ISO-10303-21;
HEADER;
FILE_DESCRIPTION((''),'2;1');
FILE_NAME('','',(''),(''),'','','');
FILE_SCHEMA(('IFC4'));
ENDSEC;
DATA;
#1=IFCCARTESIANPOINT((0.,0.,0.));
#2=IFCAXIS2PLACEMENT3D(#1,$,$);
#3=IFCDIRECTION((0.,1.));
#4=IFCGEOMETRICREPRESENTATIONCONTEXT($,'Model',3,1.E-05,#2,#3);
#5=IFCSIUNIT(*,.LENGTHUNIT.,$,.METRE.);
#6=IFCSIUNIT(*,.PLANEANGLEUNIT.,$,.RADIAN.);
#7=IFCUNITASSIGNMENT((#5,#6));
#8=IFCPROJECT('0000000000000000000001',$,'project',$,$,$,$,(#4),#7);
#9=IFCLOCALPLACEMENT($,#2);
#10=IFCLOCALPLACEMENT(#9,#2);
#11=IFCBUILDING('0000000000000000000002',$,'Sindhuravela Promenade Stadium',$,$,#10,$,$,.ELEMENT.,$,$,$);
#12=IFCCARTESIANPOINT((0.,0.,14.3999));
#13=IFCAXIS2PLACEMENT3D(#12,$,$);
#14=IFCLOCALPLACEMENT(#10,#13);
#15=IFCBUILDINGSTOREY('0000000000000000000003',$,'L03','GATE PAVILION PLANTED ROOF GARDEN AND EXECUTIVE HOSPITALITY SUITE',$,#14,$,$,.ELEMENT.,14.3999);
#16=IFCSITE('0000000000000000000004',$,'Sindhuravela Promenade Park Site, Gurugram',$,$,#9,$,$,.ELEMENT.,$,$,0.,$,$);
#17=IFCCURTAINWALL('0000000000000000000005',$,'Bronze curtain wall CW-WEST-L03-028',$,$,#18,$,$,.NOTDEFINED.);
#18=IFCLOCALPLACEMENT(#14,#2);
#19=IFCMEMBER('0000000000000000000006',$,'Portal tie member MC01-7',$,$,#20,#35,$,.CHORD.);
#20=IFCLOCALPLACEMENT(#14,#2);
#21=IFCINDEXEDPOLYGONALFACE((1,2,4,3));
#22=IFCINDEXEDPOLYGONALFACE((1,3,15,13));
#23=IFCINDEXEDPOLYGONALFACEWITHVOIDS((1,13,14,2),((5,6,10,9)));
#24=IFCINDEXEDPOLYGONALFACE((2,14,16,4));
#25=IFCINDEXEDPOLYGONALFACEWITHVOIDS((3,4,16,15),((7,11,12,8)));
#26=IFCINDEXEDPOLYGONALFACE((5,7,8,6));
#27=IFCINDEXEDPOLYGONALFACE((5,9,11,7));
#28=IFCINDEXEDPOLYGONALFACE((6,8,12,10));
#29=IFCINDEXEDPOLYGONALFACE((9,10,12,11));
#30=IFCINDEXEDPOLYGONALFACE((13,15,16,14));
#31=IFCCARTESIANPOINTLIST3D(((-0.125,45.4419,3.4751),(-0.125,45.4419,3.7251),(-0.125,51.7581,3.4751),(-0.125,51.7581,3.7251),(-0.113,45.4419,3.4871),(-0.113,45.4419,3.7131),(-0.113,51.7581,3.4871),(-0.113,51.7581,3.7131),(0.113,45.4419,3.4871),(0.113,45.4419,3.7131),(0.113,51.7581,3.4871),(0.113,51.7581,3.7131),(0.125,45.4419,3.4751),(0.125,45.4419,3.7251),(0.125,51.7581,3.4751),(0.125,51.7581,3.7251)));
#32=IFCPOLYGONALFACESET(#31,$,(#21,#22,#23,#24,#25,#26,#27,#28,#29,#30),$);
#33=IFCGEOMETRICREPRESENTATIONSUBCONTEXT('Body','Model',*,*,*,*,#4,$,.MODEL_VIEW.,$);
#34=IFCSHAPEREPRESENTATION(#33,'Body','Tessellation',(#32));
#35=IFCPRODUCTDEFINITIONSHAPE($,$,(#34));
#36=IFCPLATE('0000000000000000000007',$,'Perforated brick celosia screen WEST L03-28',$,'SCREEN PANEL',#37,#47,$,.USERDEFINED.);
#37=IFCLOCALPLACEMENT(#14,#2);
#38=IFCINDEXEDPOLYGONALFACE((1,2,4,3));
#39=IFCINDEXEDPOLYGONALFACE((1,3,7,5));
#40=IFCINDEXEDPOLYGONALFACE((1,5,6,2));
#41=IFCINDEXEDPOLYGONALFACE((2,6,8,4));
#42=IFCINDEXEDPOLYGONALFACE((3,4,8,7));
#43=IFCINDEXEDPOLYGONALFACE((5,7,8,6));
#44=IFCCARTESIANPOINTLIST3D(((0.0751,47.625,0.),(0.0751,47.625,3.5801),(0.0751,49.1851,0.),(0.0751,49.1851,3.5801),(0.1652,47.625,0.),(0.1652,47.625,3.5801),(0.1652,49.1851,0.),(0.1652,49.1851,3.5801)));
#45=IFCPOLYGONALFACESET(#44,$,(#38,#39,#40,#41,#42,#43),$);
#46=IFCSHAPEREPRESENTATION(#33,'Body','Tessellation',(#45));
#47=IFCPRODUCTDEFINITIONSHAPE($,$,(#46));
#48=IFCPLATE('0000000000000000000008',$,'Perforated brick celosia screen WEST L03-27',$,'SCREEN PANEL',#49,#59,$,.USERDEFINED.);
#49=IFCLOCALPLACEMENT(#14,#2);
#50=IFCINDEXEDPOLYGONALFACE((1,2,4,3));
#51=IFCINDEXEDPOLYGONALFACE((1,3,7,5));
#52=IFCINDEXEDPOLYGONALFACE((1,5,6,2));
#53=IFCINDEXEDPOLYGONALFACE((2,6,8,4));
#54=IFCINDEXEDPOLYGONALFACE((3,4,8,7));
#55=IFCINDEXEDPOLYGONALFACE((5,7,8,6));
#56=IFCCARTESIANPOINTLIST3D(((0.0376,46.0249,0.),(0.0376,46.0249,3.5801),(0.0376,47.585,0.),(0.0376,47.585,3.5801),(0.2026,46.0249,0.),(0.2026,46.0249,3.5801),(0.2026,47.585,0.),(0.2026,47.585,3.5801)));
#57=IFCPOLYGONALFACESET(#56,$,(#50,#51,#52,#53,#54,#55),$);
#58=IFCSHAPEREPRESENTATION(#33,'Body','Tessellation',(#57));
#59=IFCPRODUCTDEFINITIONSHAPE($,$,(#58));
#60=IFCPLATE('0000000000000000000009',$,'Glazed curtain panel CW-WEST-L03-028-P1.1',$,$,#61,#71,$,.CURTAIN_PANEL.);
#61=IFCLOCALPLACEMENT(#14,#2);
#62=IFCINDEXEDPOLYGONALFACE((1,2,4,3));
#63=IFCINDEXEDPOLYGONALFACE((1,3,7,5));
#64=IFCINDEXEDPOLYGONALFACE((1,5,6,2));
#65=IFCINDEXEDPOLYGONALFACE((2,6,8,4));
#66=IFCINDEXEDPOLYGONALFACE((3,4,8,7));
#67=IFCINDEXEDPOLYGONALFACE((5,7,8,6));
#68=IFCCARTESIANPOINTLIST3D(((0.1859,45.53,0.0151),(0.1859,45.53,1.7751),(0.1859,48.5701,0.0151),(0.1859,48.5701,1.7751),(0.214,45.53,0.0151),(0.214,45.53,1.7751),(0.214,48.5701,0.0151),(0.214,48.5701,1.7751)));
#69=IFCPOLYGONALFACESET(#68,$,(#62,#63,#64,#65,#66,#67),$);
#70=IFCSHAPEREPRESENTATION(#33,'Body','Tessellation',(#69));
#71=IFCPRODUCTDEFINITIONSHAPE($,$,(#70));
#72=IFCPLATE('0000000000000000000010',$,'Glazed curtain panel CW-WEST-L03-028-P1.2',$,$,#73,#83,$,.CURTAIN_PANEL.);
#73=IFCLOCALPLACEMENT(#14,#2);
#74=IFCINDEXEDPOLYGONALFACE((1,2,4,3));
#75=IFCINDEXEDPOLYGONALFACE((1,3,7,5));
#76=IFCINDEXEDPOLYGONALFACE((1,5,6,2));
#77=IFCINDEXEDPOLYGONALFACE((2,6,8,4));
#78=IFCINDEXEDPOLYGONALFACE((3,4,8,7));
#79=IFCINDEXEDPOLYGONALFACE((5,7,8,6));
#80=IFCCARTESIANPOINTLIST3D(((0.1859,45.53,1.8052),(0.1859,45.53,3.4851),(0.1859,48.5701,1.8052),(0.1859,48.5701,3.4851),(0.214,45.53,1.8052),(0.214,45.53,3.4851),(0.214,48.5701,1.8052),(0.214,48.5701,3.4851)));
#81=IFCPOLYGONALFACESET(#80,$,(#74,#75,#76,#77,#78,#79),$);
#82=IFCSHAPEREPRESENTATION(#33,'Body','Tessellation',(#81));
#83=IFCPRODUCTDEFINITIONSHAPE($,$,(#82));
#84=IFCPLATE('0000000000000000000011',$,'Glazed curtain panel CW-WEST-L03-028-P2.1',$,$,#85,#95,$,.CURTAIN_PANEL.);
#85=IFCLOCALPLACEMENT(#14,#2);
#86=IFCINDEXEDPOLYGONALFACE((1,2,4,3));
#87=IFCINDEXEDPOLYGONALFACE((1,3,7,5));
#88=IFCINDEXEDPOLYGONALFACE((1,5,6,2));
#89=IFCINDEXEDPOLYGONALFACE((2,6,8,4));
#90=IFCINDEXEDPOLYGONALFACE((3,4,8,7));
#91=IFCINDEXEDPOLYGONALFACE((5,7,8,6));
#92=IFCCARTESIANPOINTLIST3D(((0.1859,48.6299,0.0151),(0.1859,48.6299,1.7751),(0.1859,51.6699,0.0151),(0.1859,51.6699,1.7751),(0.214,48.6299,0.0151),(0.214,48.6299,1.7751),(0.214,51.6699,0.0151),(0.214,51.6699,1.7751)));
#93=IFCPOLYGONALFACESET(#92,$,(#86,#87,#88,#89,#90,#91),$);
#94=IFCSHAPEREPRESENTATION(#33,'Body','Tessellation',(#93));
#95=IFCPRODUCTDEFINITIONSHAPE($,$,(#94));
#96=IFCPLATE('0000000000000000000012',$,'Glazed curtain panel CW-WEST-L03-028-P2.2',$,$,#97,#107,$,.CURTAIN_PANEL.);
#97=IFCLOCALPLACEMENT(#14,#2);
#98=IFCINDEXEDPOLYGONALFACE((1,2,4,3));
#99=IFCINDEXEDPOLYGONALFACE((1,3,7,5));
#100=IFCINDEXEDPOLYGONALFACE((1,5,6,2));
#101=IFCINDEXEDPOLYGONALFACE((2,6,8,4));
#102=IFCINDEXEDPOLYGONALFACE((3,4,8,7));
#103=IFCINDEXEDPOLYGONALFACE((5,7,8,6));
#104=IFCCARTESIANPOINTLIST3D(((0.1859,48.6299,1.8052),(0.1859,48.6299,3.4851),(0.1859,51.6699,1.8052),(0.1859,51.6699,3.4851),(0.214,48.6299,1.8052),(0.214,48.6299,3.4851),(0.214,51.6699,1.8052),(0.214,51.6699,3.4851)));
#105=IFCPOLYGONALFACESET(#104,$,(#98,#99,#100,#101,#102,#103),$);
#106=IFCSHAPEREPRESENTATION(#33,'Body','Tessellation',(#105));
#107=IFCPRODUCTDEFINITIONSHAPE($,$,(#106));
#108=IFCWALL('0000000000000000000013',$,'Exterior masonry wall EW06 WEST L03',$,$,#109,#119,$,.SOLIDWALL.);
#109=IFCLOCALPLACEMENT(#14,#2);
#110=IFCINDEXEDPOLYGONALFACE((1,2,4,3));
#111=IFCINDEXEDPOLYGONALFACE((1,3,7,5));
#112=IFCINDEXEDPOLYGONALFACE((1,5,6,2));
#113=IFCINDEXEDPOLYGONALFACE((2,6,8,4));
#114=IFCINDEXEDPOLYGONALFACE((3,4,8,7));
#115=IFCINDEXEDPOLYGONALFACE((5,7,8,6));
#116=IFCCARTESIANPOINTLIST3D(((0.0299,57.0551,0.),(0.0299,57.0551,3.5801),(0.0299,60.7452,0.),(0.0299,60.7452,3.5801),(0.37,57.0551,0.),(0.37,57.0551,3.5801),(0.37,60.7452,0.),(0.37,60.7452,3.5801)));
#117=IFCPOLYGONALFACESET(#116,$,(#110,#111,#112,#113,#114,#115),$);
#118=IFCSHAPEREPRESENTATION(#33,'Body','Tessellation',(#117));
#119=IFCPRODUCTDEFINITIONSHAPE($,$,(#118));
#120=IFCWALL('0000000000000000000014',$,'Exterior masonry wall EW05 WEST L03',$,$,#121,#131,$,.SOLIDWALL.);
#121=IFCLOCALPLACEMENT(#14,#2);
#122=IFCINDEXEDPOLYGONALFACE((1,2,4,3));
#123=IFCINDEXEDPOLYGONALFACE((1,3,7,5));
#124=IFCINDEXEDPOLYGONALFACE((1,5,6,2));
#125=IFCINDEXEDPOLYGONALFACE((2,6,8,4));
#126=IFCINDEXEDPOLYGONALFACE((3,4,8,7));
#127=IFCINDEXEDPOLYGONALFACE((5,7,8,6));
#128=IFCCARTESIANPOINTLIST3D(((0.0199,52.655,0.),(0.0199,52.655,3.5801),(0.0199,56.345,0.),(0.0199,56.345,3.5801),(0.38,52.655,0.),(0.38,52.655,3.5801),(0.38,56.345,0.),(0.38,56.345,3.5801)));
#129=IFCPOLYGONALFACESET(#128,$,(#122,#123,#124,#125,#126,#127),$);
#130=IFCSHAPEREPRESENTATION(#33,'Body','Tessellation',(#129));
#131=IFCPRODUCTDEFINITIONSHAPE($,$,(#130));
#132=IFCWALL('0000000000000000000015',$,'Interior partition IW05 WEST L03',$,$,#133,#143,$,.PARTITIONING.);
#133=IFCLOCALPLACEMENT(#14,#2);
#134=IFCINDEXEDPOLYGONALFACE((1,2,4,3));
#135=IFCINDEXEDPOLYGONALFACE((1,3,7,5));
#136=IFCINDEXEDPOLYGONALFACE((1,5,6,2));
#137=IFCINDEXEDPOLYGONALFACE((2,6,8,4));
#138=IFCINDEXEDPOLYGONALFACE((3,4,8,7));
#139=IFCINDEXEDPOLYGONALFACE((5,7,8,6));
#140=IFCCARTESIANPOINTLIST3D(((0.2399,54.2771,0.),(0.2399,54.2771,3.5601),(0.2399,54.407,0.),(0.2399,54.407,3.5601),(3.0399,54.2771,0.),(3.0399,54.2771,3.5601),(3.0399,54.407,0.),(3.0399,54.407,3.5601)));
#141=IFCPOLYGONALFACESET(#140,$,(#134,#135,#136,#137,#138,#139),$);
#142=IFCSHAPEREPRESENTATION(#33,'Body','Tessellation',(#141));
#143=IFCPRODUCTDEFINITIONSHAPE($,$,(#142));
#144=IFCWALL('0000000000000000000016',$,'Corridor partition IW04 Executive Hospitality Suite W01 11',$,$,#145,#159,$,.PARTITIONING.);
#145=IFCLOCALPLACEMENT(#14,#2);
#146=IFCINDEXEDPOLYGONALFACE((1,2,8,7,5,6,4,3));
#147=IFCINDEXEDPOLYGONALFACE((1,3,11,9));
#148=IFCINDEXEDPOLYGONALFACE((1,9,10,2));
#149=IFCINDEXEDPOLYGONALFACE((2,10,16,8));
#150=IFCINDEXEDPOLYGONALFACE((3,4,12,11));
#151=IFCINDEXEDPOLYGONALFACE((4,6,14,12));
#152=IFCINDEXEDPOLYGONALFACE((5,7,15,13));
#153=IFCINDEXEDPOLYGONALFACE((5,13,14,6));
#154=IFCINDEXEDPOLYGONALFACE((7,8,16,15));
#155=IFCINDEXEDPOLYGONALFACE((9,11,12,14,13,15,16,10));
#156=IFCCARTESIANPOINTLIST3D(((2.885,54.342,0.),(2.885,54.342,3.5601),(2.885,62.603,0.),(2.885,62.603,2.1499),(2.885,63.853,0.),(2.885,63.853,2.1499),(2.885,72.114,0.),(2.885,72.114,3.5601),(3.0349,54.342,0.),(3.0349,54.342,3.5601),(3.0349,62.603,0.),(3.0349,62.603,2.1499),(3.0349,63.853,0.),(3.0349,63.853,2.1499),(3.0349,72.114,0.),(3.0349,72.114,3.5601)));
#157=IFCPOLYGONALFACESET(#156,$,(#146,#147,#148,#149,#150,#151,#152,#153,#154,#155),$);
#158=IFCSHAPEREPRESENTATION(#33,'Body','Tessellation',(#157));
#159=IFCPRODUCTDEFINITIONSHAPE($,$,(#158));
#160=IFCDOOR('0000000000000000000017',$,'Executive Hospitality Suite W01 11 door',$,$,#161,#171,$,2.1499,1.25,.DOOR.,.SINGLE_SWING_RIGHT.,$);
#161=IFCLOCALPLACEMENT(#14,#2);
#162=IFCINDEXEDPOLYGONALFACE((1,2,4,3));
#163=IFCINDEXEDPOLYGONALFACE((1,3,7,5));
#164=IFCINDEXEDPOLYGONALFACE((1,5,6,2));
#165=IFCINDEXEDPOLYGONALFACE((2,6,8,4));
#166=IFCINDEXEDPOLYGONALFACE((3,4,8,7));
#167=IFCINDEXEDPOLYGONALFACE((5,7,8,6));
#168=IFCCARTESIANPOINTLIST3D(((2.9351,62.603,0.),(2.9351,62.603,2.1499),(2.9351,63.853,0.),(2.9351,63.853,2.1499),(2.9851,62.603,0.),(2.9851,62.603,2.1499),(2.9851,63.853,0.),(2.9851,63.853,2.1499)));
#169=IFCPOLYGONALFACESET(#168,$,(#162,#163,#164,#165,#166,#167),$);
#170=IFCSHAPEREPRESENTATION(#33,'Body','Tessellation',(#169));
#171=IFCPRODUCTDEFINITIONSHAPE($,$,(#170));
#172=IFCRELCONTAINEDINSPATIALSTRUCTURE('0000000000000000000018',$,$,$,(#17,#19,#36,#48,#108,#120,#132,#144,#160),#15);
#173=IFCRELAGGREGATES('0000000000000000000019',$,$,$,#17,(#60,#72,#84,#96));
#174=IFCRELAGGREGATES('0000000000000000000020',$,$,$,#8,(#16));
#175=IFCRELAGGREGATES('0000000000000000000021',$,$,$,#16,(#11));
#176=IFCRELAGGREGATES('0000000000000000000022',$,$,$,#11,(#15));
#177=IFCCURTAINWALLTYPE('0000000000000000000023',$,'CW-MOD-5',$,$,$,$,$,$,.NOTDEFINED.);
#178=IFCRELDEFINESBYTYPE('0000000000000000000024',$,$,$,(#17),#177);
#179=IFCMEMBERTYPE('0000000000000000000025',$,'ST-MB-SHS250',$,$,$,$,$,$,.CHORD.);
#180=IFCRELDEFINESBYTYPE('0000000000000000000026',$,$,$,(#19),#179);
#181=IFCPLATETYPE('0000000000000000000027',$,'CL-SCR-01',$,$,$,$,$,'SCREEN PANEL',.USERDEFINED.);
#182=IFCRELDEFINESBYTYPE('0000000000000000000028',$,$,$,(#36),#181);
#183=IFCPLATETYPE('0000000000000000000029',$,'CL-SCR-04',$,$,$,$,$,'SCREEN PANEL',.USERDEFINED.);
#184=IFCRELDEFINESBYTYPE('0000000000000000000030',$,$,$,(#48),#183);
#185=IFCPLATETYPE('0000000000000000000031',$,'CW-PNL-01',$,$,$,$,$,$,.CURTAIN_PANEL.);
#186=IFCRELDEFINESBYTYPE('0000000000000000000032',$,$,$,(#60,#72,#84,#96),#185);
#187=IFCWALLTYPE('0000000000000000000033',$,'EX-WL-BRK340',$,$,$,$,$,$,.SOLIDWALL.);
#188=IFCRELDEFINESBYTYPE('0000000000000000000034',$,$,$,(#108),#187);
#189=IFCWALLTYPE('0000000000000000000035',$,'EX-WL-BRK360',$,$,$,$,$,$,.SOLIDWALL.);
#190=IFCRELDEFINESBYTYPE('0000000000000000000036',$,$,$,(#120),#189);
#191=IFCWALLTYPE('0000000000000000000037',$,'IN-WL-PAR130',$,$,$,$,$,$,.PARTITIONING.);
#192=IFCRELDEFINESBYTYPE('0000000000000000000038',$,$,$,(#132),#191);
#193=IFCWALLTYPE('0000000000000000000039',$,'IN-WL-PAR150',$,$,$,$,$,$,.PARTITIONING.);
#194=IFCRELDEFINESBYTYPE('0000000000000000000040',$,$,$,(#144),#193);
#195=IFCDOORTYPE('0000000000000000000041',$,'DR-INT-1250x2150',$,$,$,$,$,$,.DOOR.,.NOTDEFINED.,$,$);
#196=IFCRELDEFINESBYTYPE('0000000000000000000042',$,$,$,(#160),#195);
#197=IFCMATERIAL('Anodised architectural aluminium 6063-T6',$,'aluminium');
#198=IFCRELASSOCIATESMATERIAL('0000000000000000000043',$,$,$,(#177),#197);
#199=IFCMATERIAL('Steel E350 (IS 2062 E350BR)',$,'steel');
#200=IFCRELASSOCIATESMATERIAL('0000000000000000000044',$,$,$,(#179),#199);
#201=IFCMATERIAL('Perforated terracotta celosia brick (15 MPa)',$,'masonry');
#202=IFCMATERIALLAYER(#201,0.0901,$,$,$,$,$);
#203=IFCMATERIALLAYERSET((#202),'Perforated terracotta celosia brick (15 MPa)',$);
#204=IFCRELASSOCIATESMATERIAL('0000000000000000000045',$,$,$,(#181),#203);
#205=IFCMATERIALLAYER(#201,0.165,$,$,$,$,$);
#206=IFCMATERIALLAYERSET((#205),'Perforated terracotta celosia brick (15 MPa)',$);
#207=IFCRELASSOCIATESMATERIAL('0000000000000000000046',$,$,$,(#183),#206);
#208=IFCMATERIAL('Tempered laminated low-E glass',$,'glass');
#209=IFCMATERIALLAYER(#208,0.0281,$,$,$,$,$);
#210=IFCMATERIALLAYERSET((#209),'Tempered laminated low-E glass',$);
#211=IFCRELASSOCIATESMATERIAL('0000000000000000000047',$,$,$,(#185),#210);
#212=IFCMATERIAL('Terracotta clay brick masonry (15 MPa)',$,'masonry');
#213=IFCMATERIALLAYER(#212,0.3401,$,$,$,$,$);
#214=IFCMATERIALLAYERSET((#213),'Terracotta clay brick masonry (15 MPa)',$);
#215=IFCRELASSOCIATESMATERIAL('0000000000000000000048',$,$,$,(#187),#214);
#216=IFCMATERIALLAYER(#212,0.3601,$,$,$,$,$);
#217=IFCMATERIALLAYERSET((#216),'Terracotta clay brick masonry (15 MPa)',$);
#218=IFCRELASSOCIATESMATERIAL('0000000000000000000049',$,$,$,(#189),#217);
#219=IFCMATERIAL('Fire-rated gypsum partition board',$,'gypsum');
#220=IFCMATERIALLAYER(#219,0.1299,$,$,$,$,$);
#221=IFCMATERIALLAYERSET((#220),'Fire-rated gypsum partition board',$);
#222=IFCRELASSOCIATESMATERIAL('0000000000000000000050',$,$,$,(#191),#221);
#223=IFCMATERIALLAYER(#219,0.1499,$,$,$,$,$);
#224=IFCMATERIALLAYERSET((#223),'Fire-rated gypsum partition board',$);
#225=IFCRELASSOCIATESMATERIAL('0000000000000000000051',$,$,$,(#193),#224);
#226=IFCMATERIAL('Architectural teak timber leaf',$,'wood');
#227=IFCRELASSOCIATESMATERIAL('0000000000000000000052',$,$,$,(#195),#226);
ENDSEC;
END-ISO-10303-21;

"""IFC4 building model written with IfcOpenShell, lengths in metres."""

from ifc_helpers import new_model, si_unit, direction, frame, frame_2d, origin, origin_2d, place, context, subcontext, project, spatial, rectangle, hollow_rectangle, extrude, material, layer, layer_set, material_profile, profile_set, type_object, element, fill, aggregate, save


model = new_model("IFC4")

# Units and contexts
model_context = context("Model", 3, precision=1e-05, world=origin(), true_north=direction((0.0, 1.0)))
body_context = subcontext(model_context, "Body", "Model", "MODEL_VIEW")
ifc_project = project(units=[si_unit("LENGTHUNIT", "METRE"), si_unit("PLANEANGLEUNIT", "RADIAN")], contexts=[model_context])

# Site, building, storey
site_placement = place(None, origin())
site = spatial("IfcSite", under=ifc_project, at=site_placement, Name="Sindhuravela Promenade Park Site, Gurugram", CompositionType="ELEMENT", RefElevation=0.0)
building_placement = place(site_placement, origin())
building = spatial("IfcBuilding", under=site, at=building_placement, Name="Sindhuravela Promenade Stadium", CompositionType="ELEMENT")
storey_placement = place(building_placement, frame((0.0, 0.0, 14.3999)))
storey = spatial("IfcBuildingStorey", under=building, at=storey_placement, Name="L03", Description="GATE PAVILION PLANTED ROOF GARDEN AND EXECUTIVE HOSPITALITY SUITE", CompositionType="ELEMENT", Elevation=14.3999)

# Curtain wall
ifc_material_1 = material(Name="Anodised architectural aluminium 6063-T6", Category="aluminium")
curtain_wall_type = type_object("IfcCurtainWallType", Name="CW-MOD-5", PredefinedType="NOTDEFINED", material=ifc_material_1)
curtain_wall_placement = place(storey_placement, origin())
curtain_wall = element("IfcCurtainWall", 1, at=curtain_wall_placement, inside=storey, type_object=curtain_wall_type, Name="Bronze curtain wall CW-WEST-L03-028", PredefinedType="NOTDEFINED")

# Member
ifc_material_2 = material(Name="Steel E350 (IS 2062 E350BR)", Category="steel")
ifc_material_profile_1 = material_profile(ifc_material_2, hollow_rectangle(XDim=0.25, YDim=0.25, WallThickness=0.012, at=origin_2d()), Name="SHS 250x250x12")
ifc_profile_set_1 = profile_set([ifc_material_profile_1], Name="Steel E350 (IS 2062 E350BR)")
member_type_1 = type_object("IfcMemberType", Name="ST-MB-SHS250", PredefinedType="CHORD", material=ifc_profile_set_1)
member_1_placement = place(storey_placement, frame((0.0, 45.4419, 3.6001), z_axis=(0.0, 1.0, 0.0), x_axis=(-1.0, 0.0, 0.0)))
element("IfcMember", 2, at=member_1_placement, inside=storey, type_object=member_type_1, Name="Portal tie member MC01-7", PredefinedType="CHORD", context=body_context, shape_type="SweptSolid", body=[
    extrude(hollow_rectangle(XDim=0.25, YDim=0.25, WallThickness=0.012, at=origin_2d()), origin(), (0.0, 0.0, 1.0), 6.3162),
])

# Plates
ifc_material_3 = material(Name="Perforated terracotta celosia brick (15 MPa)", Category="masonry")
ifc_layer_1 = layer(ifc_material_3, 0.0901)
ifc_layer_set_1 = layer_set([ifc_layer_1], Name="Perforated terracotta celosia brick (15 MPa)")
plate_type_1 = type_object("IfcPlateType", Name="CL-SCR-01", ElementType="SCREEN PANEL", PredefinedType="USERDEFINED", material=ifc_layer_set_1)
plate_1_placement = place(storey_placement, frame((0.1201, 48.405, 0.0), z_axis=(0.0, 0.0, 1.0), x_axis=(0.0, 1.0, 0.0)))
element("IfcPlate", 3, at=plate_1_placement, inside=storey, type_object=plate_type_1, Name="Perforated brick celosia screen WEST L03-28", ObjectType="SCREEN PANEL", PredefinedType="USERDEFINED", context=body_context, shape_type="SweptSolid", body=[
    extrude(rectangle(XDim=1.5601, YDim=0.0901, at=origin_2d()), origin(), (0.0, 0.0, 1.0), 3.5801),
])
ifc_layer_2 = layer(ifc_material_3, 0.165)
ifc_layer_set_2 = layer_set([ifc_layer_2], Name="Perforated terracotta celosia brick (15 MPa)")
plate_type_2 = type_object("IfcPlateType", Name="CL-SCR-04", ElementType="SCREEN PANEL", PredefinedType="USERDEFINED", material=ifc_layer_set_2)
plate_2_placement = place(storey_placement, frame((0.1201, 46.8049, 0.0), z_axis=(0.0, 0.0, 1.0), x_axis=(0.0, 1.0, 0.0)))
element("IfcPlate", 4, at=plate_2_placement, inside=storey, type_object=plate_type_2, Name="Perforated brick celosia screen WEST L03-27", ObjectType="SCREEN PANEL", PredefinedType="USERDEFINED", context=body_context, shape_type="SweptSolid", body=[
    extrude(rectangle(XDim=1.5601, YDim=0.165, at=origin_2d()), origin(), (0.0, 0.0, 1.0), 3.5801),
])

# Plates
ifc_material_4 = material(Name="Tempered laminated low-E glass", Category="glass")
ifc_layer_3 = layer(ifc_material_4, 0.0281)
ifc_layer_set_3 = layer_set([ifc_layer_3], Name="Tempered laminated low-E glass")
plate_type_3 = type_object("IfcPlateType", Name="CW-PNL-01", PredefinedType="CURTAIN_PANEL", material=ifc_layer_set_3)
plate_3_placement = place(storey_placement, frame((0.2, 47.05, 0.0151), z_axis=(0.0, 0.0, 1.0), x_axis=(0.0, 1.0, 0.0)))
plate_3 = element("IfcPlate", 5, at=plate_3_placement, type_object=plate_type_3, Name="Glazed curtain panel CW-WEST-L03-028-P1.1", PredefinedType="CURTAIN_PANEL", context=body_context, shape_type="SweptSolid", body=[
    extrude(rectangle(XDim=3.04, YDim=0.0281, at=origin_2d()), origin(), (0.0, 0.0, 1.0), 1.76),
])
plate_4_placement = place(storey_placement, frame((0.2, 47.05, 1.8052), z_axis=(0.0, 0.0, 1.0), x_axis=(0.0, 1.0, 0.0)))
plate_4 = element("IfcPlate", 6, at=plate_4_placement, type_object=plate_type_3, Name="Glazed curtain panel CW-WEST-L03-028-P1.2", PredefinedType="CURTAIN_PANEL", context=body_context, shape_type="SweptSolid", body=[
    extrude(rectangle(XDim=3.04, YDim=0.0281, at=origin_2d()), origin(), (0.0, 0.0, 1.0), 1.6799),
])
plate_5_placement = place(storey_placement, frame((0.2, 50.1499, 0.0151), z_axis=(0.0, 0.0, 1.0), x_axis=(0.0, 1.0, 0.0)))
plate_5 = element("IfcPlate", 7, at=plate_5_placement, type_object=plate_type_3, Name="Glazed curtain panel CW-WEST-L03-028-P2.1", PredefinedType="CURTAIN_PANEL", context=body_context, shape_type="SweptSolid", body=[
    extrude(rectangle(XDim=3.04, YDim=0.0281, at=origin_2d()), origin(), (0.0, 0.0, 1.0), 1.76),
])
plate_6_placement = place(storey_placement, frame((0.2, 50.1499, 1.8052), z_axis=(0.0, 0.0, 1.0), x_axis=(0.0, 1.0, 0.0)))
plate_6 = element("IfcPlate", 8, at=plate_6_placement, type_object=plate_type_3, Name="Glazed curtain panel CW-WEST-L03-028-P2.2", PredefinedType="CURTAIN_PANEL", context=body_context, shape_type="SweptSolid", body=[
    extrude(rectangle(XDim=3.04, YDim=0.0281, at=origin_2d()), origin(), (0.0, 0.0, 1.0), 1.6799),
])
aggregate(curtain_wall, [plate_3, plate_4, plate_5, plate_6])

# Walls
ifc_material_5 = material(Name="Terracotta clay brick masonry (15 MPa)", Category="masonry")
ifc_layer_4 = layer(ifc_material_5, 0.3401)
ifc_layer_set_4 = layer_set([ifc_layer_4], Name="Terracotta clay brick masonry (15 MPa)")
wall_type_1 = type_object("IfcWallType", Name="EX-WL-BRK340", PredefinedType="SOLIDWALL", material=ifc_layer_set_4)
wall_1_placement = place(storey_placement, frame((0.2, 57.0549, 0.0), z_axis=(0.0, 0.0, 1.0), x_axis=(0.0, 1.0, 0.0)))
element("IfcWall", 9, at=wall_1_placement, inside=storey, type_object=wall_type_1, Name="Exterior masonry wall EW06 WEST L03", PredefinedType="SOLIDWALL", context=body_context, shape_type="SweptSolid", body=[
    extrude(rectangle(XDim=3.6902, YDim=0.3401, at=frame_2d((1.8452, 0.0))), origin(), (0.0, 0.0, 1.0), 3.5801),
])
ifc_layer_5 = layer(ifc_material_5, 0.3601)
ifc_layer_set_5 = layer_set([ifc_layer_5], Name="Terracotta clay brick masonry (15 MPa)")
wall_type_2 = type_object("IfcWallType", Name="EX-WL-BRK360", PredefinedType="SOLIDWALL", material=ifc_layer_set_5)
wall_2_placement = place(storey_placement, frame((0.2, 52.655, 0.0), z_axis=(0.0, 0.0, 1.0), x_axis=(0.0, 1.0, 0.0)))
element("IfcWall", 10, at=wall_2_placement, inside=storey, type_object=wall_type_2, Name="Exterior masonry wall EW05 WEST L03", PredefinedType="SOLIDWALL", context=body_context, shape_type="SweptSolid", body=[
    extrude(rectangle(XDim=3.6899, YDim=0.3601, at=frame_2d((1.845, 0.0))), origin(), (0.0, 0.0, 1.0), 3.5801),
])
ifc_material_6 = material(Name="Fire-rated gypsum partition board", Category="gypsum")
ifc_layer_6 = layer(ifc_material_6, 0.1299)
ifc_layer_set_6 = layer_set([ifc_layer_6], Name="Fire-rated gypsum partition board")
wall_type_3 = type_object("IfcWallType", Name="IN-WL-PAR130", PredefinedType="PARTITIONING", material=ifc_layer_set_6)
wall_3_placement = place(storey_placement, frame((0.24, 54.342, 0.0), z_axis=(0.0, 0.0, 1.0), x_axis=(1.0, 0.0, 0.0)))
element("IfcWall", 11, at=wall_3_placement, inside=storey, type_object=wall_type_3, Name="Interior partition IW05 WEST L03", PredefinedType="PARTITIONING", context=body_context, shape_type="SweptSolid", body=[
    extrude(rectangle(XDim=2.8, YDim=0.1299, at=frame_2d((1.3999, 0.0))), origin(), (0.0, 0.0, 1.0), 3.5601),
])

# Wall, opening, door
ifc_layer_7 = layer(ifc_material_6, 0.1499)
ifc_layer_set_7 = layer_set([ifc_layer_7], Name="Fire-rated gypsum partition board")
wall_type_4 = type_object("IfcWallType", Name="IN-WL-PAR150", PredefinedType="PARTITIONING", material=ifc_layer_set_7)
wall_4_placement = place(storey_placement, frame((2.96, 54.342, 0.0), z_axis=(0.0, 0.0, 1.0), x_axis=(0.0, 1.0, 0.0)))
wall_4 = element("IfcWall", 12, at=wall_4_placement, inside=storey, type_object=wall_type_4, Name="Corridor partition IW04 Executive Hospitality Suite W01 11", PredefinedType="PARTITIONING", context=body_context, shape_type="SweptSolid", body=[
    extrude(rectangle(XDim=17.772, YDim=0.1499, at=frame_2d((8.886, 0.0))), origin(), (0.0, 0.0, 1.0), 3.5601),
])
opening_placement = place(wall_4_placement, frame((8.261, 0.0, 0.0)))
opening = element("IfcOpeningElement", 13, at=opening_placement, cuts=wall_4, PredefinedType="OPENING", context=body_context, shape_type="SweptSolid", body=[
    extrude(rectangle(XDim=1.25, YDim=2.1499, at=frame_2d((0.625, 1.075))), frame((0.0, 0.085, 0.0), z_axis=(0.0, -1.0, 0.0), x_axis=(1.0, 0.0, 0.0)), (0.0, 0.0, 1.0), 0.1699),
])
ifc_material_7 = material(Name="Architectural teak timber leaf", Category="wood")
door_type = type_object("IfcDoorType", Name="DR-INT-1250x2150", OperationType="NOTDEFINED", PredefinedType="DOOR", material=ifc_material_7)
door_placement = place(opening_placement, origin())
door = element("IfcDoor", 14, at=door_placement, inside=storey, type_object=door_type, Name="Executive Hospitality Suite W01 11 door", OperationType="SINGLE_SWING_RIGHT", OverallHeight=2.1499, OverallWidth=1.25, PredefinedType="DOOR", context=body_context, shape_type="SweptSolid", body=[
    extrude(rectangle(XDim=1.25, YDim=2.1499, at=frame_2d((0.625, 1.075))), frame((0.0, 0.0249, 0.0), z_axis=(0.0, -1.0, 0.0), x_axis=(1.0, 0.0, 0.0)), (0.0, 0.0, 1.0), 0.05),
])
fill(opening, door)

save(model, "model.ifc")
